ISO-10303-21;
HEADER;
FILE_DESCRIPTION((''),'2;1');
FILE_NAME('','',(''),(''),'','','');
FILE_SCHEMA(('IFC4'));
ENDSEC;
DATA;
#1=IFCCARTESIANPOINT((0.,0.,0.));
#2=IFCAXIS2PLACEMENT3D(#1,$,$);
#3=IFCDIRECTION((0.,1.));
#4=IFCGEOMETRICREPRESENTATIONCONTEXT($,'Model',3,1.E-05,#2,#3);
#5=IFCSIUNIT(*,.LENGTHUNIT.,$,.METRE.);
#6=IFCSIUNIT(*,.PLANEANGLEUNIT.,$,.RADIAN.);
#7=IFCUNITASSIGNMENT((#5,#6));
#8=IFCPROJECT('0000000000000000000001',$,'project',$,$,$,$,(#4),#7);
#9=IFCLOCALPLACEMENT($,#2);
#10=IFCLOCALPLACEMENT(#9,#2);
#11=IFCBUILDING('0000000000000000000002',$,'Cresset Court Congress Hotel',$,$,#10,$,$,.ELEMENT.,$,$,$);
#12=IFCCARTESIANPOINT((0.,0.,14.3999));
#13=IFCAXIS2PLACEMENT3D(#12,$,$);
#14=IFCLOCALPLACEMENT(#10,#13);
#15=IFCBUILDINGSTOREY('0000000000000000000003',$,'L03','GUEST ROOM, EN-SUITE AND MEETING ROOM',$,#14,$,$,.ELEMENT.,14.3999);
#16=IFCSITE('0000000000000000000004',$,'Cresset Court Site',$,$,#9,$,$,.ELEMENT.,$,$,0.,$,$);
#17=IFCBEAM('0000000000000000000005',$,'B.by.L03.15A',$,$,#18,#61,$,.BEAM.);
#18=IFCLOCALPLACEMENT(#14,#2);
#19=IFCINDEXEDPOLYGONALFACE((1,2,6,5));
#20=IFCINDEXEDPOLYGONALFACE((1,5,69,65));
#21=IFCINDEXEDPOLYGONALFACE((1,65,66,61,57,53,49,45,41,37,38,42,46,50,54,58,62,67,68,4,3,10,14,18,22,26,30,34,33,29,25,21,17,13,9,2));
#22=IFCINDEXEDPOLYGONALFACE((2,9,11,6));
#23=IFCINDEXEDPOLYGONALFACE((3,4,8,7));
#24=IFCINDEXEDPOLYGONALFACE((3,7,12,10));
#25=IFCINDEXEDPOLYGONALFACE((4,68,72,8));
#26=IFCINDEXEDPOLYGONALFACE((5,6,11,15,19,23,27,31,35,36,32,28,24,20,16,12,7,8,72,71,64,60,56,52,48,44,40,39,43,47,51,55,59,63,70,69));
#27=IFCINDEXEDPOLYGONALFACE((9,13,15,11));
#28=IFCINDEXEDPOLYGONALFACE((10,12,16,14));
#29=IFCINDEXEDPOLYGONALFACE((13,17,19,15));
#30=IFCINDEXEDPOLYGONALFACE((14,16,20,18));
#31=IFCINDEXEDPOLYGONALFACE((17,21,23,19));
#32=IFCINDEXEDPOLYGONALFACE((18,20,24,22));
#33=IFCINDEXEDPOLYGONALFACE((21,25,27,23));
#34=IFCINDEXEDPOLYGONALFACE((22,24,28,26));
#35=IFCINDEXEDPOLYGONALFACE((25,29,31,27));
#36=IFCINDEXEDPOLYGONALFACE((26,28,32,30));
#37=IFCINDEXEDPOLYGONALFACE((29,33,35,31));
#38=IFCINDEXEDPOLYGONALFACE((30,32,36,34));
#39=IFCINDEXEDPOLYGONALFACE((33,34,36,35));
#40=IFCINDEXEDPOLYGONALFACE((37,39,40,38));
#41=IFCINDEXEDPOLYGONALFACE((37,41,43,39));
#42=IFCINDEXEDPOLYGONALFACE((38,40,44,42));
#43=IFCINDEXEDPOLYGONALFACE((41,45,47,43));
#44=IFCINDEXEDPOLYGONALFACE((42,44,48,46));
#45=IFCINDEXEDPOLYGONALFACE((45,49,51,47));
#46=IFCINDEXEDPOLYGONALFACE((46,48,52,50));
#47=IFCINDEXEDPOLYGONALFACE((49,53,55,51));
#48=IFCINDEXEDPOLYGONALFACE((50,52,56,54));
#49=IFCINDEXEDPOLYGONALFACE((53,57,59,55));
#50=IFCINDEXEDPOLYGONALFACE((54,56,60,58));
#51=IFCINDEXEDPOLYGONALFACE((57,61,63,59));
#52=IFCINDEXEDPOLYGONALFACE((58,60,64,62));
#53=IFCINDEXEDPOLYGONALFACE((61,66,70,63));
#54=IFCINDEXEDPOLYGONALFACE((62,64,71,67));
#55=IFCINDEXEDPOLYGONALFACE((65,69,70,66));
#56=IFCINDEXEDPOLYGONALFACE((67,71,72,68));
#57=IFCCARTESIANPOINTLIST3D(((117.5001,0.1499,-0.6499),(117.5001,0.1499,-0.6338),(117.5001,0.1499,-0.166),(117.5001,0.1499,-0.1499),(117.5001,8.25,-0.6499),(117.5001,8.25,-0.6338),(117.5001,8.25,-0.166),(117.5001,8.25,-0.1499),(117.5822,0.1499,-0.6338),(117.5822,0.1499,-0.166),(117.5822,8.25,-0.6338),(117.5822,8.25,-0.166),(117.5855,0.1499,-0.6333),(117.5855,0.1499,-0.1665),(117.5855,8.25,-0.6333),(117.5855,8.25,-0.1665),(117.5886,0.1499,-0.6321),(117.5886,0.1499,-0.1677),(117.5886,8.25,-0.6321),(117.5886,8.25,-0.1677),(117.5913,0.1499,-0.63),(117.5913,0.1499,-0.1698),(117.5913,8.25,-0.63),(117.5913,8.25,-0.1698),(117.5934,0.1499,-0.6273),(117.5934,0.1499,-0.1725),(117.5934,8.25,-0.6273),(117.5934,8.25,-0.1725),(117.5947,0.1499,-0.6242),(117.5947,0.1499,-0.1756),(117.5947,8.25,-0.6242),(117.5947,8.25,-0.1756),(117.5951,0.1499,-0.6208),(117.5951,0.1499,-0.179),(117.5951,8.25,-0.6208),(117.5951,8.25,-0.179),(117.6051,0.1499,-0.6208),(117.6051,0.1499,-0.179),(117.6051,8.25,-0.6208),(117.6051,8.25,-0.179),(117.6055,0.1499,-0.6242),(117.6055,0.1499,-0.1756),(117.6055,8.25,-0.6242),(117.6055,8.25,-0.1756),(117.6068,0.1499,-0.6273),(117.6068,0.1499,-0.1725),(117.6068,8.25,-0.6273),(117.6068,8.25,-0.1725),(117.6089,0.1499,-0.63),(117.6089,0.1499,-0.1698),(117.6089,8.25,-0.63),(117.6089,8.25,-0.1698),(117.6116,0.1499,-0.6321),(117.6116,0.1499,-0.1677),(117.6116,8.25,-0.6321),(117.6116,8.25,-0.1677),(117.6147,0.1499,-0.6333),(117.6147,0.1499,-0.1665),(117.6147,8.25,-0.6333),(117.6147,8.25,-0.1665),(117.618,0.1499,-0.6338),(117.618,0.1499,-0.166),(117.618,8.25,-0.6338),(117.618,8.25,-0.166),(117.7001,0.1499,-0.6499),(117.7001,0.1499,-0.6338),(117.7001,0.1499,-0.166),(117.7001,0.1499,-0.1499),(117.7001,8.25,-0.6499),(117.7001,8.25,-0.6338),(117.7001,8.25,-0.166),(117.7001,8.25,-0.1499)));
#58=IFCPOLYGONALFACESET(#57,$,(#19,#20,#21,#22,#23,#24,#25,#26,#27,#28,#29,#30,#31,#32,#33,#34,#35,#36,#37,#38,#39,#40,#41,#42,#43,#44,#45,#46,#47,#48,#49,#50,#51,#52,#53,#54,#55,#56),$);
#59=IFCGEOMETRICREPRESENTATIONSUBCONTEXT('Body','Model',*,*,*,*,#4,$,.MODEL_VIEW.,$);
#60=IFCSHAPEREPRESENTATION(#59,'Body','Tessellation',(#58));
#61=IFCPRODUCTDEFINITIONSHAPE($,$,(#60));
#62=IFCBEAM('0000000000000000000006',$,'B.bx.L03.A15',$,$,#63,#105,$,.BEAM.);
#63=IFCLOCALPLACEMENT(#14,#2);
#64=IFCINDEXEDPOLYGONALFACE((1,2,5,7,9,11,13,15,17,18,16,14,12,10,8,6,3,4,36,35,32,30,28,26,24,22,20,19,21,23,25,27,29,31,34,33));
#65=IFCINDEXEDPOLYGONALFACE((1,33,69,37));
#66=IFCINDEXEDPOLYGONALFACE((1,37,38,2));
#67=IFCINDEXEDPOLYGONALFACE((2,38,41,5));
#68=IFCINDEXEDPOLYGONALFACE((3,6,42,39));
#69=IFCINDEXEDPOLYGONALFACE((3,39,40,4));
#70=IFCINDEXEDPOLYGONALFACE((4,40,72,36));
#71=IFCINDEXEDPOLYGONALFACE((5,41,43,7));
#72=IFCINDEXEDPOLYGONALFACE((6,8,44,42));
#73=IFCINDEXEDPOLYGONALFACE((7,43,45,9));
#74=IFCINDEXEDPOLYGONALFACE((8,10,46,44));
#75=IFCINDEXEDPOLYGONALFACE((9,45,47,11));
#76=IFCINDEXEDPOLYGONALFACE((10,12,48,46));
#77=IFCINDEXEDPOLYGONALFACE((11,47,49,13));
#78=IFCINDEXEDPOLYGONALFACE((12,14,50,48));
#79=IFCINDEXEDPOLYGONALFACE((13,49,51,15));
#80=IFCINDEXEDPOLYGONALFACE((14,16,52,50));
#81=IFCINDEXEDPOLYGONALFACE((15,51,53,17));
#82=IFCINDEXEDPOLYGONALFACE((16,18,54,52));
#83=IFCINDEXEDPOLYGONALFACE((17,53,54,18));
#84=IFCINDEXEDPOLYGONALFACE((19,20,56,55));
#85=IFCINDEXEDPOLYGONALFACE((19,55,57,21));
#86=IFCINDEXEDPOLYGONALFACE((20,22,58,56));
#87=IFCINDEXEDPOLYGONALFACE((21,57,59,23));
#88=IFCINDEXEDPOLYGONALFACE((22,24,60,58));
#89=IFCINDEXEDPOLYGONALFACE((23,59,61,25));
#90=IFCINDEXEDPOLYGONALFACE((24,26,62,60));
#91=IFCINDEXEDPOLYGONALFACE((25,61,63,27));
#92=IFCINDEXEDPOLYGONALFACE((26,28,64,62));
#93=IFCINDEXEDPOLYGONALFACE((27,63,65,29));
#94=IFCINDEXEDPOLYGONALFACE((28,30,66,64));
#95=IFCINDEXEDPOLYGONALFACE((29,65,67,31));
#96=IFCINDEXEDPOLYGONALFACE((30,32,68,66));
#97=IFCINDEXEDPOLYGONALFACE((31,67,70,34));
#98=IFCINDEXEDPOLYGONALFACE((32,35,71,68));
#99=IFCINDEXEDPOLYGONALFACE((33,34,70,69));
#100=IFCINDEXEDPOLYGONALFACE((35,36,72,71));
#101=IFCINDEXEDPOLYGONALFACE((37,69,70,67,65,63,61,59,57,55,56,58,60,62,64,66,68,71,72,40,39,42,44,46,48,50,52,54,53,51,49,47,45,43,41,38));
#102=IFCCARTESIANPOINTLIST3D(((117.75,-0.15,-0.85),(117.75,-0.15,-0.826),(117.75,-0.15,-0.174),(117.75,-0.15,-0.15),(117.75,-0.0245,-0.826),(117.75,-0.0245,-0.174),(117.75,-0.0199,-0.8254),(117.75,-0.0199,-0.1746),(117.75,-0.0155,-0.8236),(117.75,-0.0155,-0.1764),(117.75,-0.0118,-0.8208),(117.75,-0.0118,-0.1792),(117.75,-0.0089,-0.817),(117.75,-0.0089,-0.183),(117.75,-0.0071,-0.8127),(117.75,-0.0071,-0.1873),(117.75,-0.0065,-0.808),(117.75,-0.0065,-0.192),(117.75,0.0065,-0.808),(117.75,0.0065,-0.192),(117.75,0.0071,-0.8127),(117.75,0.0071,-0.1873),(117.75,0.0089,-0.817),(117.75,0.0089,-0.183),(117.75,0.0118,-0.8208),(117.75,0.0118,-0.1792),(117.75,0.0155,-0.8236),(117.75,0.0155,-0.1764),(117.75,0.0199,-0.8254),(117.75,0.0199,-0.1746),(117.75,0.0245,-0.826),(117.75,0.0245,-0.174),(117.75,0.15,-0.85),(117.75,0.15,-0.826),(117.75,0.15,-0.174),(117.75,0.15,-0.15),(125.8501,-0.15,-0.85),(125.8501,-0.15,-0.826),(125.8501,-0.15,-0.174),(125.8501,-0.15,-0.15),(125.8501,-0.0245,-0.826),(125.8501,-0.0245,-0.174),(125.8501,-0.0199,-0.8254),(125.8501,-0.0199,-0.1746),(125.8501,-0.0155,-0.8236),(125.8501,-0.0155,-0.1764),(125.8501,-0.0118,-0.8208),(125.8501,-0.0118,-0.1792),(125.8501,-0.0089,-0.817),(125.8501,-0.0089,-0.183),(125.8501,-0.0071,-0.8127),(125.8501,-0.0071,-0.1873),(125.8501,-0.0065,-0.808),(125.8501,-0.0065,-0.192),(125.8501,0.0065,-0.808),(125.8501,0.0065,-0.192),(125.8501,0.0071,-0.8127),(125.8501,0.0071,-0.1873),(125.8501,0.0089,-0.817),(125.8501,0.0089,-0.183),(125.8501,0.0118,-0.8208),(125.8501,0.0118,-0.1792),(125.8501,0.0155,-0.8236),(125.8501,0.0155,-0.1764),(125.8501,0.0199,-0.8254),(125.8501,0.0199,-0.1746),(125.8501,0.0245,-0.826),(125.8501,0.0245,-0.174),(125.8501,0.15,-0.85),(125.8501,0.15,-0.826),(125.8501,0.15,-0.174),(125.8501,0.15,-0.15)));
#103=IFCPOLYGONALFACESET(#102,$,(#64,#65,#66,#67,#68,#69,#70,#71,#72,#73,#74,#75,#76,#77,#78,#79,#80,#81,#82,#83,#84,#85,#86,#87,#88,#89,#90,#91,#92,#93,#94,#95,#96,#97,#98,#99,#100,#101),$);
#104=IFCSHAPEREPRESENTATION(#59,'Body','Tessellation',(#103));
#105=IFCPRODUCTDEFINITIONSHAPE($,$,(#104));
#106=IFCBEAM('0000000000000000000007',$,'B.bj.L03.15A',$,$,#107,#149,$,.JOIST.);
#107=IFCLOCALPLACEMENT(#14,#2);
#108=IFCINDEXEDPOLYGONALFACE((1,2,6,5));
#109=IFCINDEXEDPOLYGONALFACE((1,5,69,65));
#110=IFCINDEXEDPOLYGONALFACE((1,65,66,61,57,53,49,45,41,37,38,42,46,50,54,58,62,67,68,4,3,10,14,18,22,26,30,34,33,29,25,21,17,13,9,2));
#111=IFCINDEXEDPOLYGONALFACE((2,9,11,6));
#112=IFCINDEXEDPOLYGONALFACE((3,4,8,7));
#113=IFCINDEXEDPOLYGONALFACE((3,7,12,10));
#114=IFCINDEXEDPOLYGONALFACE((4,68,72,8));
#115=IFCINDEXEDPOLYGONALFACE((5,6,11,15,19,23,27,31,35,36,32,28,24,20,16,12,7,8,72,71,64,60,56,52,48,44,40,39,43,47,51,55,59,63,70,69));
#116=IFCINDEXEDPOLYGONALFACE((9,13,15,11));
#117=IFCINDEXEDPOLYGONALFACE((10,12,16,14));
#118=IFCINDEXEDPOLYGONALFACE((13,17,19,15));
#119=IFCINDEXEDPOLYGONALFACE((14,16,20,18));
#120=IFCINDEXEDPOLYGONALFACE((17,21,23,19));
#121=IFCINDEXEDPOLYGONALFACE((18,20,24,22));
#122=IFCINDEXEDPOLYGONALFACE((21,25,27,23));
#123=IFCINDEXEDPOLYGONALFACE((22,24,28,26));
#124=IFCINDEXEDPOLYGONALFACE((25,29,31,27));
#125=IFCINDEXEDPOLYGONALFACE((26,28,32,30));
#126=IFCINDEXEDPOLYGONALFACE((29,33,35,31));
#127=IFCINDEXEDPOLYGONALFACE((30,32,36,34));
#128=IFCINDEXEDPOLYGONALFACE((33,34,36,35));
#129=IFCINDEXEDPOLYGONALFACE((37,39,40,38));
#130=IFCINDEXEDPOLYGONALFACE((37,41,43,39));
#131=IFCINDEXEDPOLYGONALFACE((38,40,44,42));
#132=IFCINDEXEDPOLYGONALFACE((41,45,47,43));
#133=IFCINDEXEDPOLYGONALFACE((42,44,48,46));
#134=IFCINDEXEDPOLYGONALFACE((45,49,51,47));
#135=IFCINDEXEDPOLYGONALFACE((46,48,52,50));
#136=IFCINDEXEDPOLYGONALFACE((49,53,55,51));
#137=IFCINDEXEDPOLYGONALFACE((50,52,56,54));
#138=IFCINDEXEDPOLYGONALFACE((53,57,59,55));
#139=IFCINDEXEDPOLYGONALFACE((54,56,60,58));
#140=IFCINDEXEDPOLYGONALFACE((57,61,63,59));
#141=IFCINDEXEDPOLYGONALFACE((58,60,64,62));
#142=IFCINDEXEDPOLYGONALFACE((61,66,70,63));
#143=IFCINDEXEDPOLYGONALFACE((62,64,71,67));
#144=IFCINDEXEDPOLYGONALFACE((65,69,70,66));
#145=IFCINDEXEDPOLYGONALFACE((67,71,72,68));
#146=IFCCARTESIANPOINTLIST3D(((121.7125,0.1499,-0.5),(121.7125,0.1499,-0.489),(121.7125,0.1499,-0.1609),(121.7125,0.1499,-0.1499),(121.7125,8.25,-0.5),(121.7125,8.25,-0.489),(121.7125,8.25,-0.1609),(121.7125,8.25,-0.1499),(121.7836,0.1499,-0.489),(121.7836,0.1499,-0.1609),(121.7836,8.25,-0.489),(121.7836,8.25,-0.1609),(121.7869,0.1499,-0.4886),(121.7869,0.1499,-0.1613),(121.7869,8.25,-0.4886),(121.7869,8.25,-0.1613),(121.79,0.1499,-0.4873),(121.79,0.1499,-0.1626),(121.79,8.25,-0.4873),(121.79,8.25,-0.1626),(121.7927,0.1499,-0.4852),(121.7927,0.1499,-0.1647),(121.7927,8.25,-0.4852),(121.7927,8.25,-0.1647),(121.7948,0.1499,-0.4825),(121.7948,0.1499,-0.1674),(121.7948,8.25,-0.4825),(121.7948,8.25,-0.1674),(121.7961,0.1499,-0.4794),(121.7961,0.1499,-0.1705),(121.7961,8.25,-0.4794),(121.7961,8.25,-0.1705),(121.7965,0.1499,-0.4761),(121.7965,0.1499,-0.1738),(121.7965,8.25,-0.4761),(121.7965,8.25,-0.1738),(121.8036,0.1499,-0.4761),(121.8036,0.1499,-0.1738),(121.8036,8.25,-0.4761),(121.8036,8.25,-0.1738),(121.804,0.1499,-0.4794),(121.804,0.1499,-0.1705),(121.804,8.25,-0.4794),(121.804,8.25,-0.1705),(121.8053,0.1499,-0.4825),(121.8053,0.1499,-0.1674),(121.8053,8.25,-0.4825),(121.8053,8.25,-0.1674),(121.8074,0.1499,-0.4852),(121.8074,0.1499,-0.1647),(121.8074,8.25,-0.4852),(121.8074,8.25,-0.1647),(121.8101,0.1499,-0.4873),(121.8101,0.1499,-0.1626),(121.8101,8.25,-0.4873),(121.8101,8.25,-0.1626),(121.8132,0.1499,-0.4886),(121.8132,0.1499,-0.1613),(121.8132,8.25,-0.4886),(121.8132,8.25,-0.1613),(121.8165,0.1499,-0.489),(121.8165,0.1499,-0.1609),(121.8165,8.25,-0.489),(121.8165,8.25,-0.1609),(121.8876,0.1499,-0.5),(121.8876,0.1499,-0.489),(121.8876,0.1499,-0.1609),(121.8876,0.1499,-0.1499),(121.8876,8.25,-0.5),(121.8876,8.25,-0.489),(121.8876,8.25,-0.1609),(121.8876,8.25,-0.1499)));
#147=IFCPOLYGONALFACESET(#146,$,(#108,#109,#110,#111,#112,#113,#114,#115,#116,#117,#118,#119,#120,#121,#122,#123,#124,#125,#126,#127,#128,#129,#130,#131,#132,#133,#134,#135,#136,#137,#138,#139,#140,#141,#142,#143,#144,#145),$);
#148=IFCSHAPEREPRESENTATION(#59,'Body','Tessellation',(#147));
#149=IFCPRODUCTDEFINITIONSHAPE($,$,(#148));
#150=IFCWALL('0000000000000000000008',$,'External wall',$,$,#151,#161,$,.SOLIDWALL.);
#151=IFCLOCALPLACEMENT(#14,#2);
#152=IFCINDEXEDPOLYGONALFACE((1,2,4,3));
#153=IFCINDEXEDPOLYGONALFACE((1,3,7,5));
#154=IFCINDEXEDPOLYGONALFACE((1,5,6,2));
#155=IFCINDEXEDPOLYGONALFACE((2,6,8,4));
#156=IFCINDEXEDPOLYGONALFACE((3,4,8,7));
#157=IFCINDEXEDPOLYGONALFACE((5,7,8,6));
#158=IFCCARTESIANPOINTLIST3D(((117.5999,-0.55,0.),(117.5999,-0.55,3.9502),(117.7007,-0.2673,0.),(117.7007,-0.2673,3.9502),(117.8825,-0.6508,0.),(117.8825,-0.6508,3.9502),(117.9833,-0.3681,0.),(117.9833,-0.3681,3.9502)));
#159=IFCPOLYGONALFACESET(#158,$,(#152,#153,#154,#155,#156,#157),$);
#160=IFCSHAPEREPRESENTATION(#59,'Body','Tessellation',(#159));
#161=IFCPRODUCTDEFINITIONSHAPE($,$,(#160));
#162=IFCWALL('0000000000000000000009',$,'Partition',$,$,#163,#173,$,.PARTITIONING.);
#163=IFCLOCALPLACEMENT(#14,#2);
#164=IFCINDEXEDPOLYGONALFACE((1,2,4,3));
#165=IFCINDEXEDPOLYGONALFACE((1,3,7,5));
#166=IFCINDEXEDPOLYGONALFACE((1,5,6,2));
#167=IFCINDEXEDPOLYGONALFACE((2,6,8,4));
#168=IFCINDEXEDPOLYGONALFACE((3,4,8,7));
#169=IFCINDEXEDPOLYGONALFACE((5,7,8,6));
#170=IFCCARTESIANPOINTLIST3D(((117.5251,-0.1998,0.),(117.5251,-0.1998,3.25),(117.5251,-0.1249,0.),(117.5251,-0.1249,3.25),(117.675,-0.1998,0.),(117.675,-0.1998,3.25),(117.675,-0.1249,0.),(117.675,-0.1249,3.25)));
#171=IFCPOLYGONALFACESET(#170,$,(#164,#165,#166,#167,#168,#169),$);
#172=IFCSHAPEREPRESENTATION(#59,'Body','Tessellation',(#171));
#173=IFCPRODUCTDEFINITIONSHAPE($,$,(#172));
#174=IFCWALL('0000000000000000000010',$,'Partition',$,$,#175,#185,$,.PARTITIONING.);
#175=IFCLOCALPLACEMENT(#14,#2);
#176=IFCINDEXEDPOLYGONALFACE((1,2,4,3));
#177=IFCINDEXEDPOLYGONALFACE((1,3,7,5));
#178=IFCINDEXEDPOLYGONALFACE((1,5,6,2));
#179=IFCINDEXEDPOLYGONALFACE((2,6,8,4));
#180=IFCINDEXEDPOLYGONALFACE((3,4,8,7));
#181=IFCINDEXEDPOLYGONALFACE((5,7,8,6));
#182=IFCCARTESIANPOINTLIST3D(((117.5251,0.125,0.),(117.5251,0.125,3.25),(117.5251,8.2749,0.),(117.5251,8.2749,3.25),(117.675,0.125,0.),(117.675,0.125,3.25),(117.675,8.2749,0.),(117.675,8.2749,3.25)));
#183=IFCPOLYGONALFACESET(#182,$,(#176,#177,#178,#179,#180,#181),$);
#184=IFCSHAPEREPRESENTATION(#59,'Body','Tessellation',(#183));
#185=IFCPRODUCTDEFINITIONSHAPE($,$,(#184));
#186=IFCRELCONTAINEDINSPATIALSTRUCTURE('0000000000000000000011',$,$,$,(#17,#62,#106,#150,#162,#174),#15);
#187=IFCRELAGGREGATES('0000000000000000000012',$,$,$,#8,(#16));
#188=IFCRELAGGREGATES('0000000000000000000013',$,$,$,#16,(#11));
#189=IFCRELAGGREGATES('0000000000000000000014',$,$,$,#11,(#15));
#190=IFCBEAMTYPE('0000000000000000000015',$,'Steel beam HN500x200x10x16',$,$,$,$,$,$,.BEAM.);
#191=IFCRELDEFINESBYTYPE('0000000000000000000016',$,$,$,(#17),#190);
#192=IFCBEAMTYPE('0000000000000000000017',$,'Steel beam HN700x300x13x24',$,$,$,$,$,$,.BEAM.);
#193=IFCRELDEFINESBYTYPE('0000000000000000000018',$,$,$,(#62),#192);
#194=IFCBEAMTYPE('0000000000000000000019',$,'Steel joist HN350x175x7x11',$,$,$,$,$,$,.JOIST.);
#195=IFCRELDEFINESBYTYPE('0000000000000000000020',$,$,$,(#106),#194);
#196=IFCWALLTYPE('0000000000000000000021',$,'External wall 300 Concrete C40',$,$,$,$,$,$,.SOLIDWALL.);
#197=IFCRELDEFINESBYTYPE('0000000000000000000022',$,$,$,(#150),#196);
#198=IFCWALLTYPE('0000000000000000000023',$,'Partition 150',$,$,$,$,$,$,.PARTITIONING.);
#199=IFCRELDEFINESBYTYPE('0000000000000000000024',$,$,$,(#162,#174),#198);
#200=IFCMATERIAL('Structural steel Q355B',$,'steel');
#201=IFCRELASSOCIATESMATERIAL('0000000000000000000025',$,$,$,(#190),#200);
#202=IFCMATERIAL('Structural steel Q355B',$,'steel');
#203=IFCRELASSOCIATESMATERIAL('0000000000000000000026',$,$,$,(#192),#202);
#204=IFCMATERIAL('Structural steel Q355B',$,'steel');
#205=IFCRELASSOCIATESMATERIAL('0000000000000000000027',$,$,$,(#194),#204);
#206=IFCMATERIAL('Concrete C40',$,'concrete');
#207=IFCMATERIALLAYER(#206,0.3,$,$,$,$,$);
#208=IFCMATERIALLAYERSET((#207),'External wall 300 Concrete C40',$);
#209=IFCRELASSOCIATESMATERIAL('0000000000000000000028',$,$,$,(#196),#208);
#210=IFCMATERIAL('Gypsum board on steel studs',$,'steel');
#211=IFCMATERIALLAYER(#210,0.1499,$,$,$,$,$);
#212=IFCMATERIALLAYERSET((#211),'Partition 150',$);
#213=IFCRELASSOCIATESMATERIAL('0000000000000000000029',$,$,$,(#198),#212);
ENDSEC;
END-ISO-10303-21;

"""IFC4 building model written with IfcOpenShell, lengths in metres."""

from ifc_helpers import new_model, si_unit, direction, frame, frame_2d, origin, origin_2d, place, context, subcontext, project, spatial, rectangle, i_section, extrude, material, layer, layer_set, material_profile, profile_set, type_object, element, save


model = new_model("IFC4")

# Units and contexts
model_context = context("Model", 3, precision=1e-05, world=origin(), true_north=direction((0.0, 1.0)))
body_context = subcontext(model_context, "Body", "Model", "MODEL_VIEW")
ifc_project = project(units=[si_unit("LENGTHUNIT", "METRE"), si_unit("PLANEANGLEUNIT", "RADIAN")], contexts=[model_context])

# Site, building, storey
site_placement = place(None, origin())
site = spatial("IfcSite", under=ifc_project, at=site_placement, Name="Cresset Court Site", CompositionType="ELEMENT", RefElevation=0.0)
building_placement = place(site_placement, origin())
building = spatial("IfcBuilding", under=site, at=building_placement, Name="Cresset Court Congress Hotel", CompositionType="ELEMENT")
storey_placement = place(building_placement, frame((0.0, 0.0, 14.3999)))
storey = spatial("IfcBuildingStorey", under=building, at=storey_placement, Name="L03", Description="GUEST ROOM, EN-SUITE AND MEETING ROOM", CompositionType="ELEMENT", Elevation=14.3999)

# Beams
ifc_material_1 = material(Name="Structural steel Q355B", Category="steel")
ifc_material_profile_1 = material_profile(ifc_material_1, i_section(OverallWidth=0.2, OverallDepth=0.5, WebThickness=0.01, FlangeThickness=0.0161, FilletRadius=0.0129, at=origin_2d()), Name="HN500x200x10x16")
ifc_profile_set_1 = profile_set([ifc_material_profile_1], Name="Structural steel Q355B")
beam_type_1 = type_object("IfcBeamType", Name="Steel beam HN500x200x10x16", PredefinedType="BEAM", material=ifc_profile_set_1)
beam_1_placement = place(storey_placement, frame((117.6001, 0.1499, -0.3999), z_axis=(0.0, 1.0, 0.0), x_axis=(-1.0, 0.0, 0.0)))
element("IfcBeam", 1, at=beam_1_placement, inside=storey, type_object=beam_type_1, Name="B.by.L03.15A", PredefinedType="BEAM", context=body_context, shape_type="SweptSolid", body=[
    extrude(i_section(OverallWidth=0.2, OverallDepth=0.5, WebThickness=0.01, FlangeThickness=0.0161, FilletRadius=0.0129, at=origin_2d()), origin(), (0.0, 0.0, 1.0), 8.1001),
])
ifc_material_2 = material(Name="Structural steel Q355B", Category="steel")
ifc_material_profile_2 = material_profile(ifc_material_2, i_section(OverallWidth=0.3, OverallDepth=0.7, WebThickness=0.0129, FlangeThickness=0.0239, FilletRadius=0.0181, at=origin_2d()), Name="HN700x300x13x24")
ifc_profile_set_2 = profile_set([ifc_material_profile_2], Name="Structural steel Q355B")
beam_type_2 = type_object("IfcBeamType", Name="Steel beam HN700x300x13x24", PredefinedType="BEAM", material=ifc_profile_set_2)
beam_2_placement = place(storey_placement, frame((117.75, 0.0, -0.5), z_axis=(1.0, 0.0, 0.0), x_axis=(0.0, 1.0, 0.0)))
element("IfcBeam", 2, at=beam_2_placement, inside=storey, type_object=beam_type_2, Name="B.bx.L03.A15", PredefinedType="BEAM", context=body_context, shape_type="SweptSolid", body=[
    extrude(i_section(OverallWidth=0.3, OverallDepth=0.7, WebThickness=0.0129, FlangeThickness=0.0239, FilletRadius=0.0181, at=origin_2d()), origin(), (0.0, 0.0, 1.0), 8.1001),
])
ifc_material_3 = material(Name="Structural steel Q355B", Category="steel")
ifc_material_profile_3 = material_profile(ifc_material_3, i_section(OverallWidth=0.175, OverallDepth=0.3501, WebThickness=0.0071, FlangeThickness=0.011, FilletRadius=0.0129, at=origin_2d()), Name="HN350x175x7x11")
ifc_profile_set_3 = profile_set([ifc_material_profile_3], Name="Structural steel Q355B")
beam_type_3 = type_object("IfcBeamType", Name="Steel joist HN350x175x7x11", PredefinedType="JOIST", material=ifc_profile_set_3)
beam_3_placement = place(storey_placement, frame((121.8, 0.1499, -0.325), z_axis=(0.0, 1.0, 0.0), x_axis=(-1.0, 0.0, 0.0)))
element("IfcBeam", 3, at=beam_3_placement, inside=storey, type_object=beam_type_3, Name="B.bj.L03.15A", PredefinedType="JOIST", context=body_context, shape_type="SweptSolid", body=[
    extrude(i_section(OverallWidth=0.175, OverallDepth=0.3501, WebThickness=0.0071, FlangeThickness=0.011, FilletRadius=0.0129, at=origin_2d()), origin(), (0.0, 0.0, 1.0), 8.1001),
])

# Walls
ifc_material_4 = material(Name="Concrete C40", Category="concrete")
ifc_layer_1 = layer(ifc_material_4, 0.3)
ifc_layer_set_1 = layer_set([ifc_layer_1], Name="External wall 300 Concrete C40")
wall_type_1 = type_object("IfcWallType", Name="External wall 300 Concrete C40", PredefinedType="SOLIDWALL", material=ifc_layer_set_1)
wall_1_placement = place(storey_placement, frame((117.6504, -0.4087, 0.0), z_axis=(0.0, 0.0, 1.0), x_axis=(0.941889, -0.335924, 0.0)))
element("IfcWall", 4, at=wall_1_placement, inside=storey, type_object=wall_type_1, Name="External wall", PredefinedType="SOLIDWALL", context=body_context, shape_type="SweptSolid", body=[
    extrude(rectangle(XDim=0.3, YDim=0.3, at=frame_2d((0.1499, 0.0))), origin(), (0.0, 0.0, 1.0), 3.9502),
])
ifc_material_5 = material(Name="Gypsum board on steel studs", Category="steel")
ifc_layer_2 = layer(ifc_material_5, 0.1499)
ifc_layer_set_2 = layer_set([ifc_layer_2], Name="Partition 150")
wall_type_2 = type_object("IfcWallType", Name="Partition 150", PredefinedType="PARTITIONING", material=ifc_layer_set_2)
wall_2_placement = place(storey_placement, frame((117.6001, -0.2, 0.0), z_axis=(0.0, 0.0, 1.0), x_axis=(0.0, 1.0, 0.0)))
element("IfcWall", 5, at=wall_2_placement, inside=storey, type_object=wall_type_2, Name="Partition", PredefinedType="PARTITIONING", context=body_context, shape_type="SweptSolid", body=[
    extrude(rectangle(XDim=0.075, YDim=0.1499, at=frame_2d((0.0376, 0.0))), origin(), (0.0, 0.0, 1.0), 3.25),
])
wall_3_placement = place(storey_placement, frame((117.6001, 0.125, 0.0), z_axis=(0.0, 0.0, 1.0), x_axis=(0.0, 1.0, 0.0)))
element("IfcWall", 6, at=wall_3_placement, inside=storey, type_object=wall_type_2, Name="Partition", PredefinedType="PARTITIONING", context=body_context, shape_type="SweptSolid", body=[
    extrude(rectangle(XDim=8.1499, YDim=0.1499, at=frame_2d((4.075, 0.0))), origin(), (0.0, 0.0, 1.0), 3.25),
])

save(model, "model.ifc")
